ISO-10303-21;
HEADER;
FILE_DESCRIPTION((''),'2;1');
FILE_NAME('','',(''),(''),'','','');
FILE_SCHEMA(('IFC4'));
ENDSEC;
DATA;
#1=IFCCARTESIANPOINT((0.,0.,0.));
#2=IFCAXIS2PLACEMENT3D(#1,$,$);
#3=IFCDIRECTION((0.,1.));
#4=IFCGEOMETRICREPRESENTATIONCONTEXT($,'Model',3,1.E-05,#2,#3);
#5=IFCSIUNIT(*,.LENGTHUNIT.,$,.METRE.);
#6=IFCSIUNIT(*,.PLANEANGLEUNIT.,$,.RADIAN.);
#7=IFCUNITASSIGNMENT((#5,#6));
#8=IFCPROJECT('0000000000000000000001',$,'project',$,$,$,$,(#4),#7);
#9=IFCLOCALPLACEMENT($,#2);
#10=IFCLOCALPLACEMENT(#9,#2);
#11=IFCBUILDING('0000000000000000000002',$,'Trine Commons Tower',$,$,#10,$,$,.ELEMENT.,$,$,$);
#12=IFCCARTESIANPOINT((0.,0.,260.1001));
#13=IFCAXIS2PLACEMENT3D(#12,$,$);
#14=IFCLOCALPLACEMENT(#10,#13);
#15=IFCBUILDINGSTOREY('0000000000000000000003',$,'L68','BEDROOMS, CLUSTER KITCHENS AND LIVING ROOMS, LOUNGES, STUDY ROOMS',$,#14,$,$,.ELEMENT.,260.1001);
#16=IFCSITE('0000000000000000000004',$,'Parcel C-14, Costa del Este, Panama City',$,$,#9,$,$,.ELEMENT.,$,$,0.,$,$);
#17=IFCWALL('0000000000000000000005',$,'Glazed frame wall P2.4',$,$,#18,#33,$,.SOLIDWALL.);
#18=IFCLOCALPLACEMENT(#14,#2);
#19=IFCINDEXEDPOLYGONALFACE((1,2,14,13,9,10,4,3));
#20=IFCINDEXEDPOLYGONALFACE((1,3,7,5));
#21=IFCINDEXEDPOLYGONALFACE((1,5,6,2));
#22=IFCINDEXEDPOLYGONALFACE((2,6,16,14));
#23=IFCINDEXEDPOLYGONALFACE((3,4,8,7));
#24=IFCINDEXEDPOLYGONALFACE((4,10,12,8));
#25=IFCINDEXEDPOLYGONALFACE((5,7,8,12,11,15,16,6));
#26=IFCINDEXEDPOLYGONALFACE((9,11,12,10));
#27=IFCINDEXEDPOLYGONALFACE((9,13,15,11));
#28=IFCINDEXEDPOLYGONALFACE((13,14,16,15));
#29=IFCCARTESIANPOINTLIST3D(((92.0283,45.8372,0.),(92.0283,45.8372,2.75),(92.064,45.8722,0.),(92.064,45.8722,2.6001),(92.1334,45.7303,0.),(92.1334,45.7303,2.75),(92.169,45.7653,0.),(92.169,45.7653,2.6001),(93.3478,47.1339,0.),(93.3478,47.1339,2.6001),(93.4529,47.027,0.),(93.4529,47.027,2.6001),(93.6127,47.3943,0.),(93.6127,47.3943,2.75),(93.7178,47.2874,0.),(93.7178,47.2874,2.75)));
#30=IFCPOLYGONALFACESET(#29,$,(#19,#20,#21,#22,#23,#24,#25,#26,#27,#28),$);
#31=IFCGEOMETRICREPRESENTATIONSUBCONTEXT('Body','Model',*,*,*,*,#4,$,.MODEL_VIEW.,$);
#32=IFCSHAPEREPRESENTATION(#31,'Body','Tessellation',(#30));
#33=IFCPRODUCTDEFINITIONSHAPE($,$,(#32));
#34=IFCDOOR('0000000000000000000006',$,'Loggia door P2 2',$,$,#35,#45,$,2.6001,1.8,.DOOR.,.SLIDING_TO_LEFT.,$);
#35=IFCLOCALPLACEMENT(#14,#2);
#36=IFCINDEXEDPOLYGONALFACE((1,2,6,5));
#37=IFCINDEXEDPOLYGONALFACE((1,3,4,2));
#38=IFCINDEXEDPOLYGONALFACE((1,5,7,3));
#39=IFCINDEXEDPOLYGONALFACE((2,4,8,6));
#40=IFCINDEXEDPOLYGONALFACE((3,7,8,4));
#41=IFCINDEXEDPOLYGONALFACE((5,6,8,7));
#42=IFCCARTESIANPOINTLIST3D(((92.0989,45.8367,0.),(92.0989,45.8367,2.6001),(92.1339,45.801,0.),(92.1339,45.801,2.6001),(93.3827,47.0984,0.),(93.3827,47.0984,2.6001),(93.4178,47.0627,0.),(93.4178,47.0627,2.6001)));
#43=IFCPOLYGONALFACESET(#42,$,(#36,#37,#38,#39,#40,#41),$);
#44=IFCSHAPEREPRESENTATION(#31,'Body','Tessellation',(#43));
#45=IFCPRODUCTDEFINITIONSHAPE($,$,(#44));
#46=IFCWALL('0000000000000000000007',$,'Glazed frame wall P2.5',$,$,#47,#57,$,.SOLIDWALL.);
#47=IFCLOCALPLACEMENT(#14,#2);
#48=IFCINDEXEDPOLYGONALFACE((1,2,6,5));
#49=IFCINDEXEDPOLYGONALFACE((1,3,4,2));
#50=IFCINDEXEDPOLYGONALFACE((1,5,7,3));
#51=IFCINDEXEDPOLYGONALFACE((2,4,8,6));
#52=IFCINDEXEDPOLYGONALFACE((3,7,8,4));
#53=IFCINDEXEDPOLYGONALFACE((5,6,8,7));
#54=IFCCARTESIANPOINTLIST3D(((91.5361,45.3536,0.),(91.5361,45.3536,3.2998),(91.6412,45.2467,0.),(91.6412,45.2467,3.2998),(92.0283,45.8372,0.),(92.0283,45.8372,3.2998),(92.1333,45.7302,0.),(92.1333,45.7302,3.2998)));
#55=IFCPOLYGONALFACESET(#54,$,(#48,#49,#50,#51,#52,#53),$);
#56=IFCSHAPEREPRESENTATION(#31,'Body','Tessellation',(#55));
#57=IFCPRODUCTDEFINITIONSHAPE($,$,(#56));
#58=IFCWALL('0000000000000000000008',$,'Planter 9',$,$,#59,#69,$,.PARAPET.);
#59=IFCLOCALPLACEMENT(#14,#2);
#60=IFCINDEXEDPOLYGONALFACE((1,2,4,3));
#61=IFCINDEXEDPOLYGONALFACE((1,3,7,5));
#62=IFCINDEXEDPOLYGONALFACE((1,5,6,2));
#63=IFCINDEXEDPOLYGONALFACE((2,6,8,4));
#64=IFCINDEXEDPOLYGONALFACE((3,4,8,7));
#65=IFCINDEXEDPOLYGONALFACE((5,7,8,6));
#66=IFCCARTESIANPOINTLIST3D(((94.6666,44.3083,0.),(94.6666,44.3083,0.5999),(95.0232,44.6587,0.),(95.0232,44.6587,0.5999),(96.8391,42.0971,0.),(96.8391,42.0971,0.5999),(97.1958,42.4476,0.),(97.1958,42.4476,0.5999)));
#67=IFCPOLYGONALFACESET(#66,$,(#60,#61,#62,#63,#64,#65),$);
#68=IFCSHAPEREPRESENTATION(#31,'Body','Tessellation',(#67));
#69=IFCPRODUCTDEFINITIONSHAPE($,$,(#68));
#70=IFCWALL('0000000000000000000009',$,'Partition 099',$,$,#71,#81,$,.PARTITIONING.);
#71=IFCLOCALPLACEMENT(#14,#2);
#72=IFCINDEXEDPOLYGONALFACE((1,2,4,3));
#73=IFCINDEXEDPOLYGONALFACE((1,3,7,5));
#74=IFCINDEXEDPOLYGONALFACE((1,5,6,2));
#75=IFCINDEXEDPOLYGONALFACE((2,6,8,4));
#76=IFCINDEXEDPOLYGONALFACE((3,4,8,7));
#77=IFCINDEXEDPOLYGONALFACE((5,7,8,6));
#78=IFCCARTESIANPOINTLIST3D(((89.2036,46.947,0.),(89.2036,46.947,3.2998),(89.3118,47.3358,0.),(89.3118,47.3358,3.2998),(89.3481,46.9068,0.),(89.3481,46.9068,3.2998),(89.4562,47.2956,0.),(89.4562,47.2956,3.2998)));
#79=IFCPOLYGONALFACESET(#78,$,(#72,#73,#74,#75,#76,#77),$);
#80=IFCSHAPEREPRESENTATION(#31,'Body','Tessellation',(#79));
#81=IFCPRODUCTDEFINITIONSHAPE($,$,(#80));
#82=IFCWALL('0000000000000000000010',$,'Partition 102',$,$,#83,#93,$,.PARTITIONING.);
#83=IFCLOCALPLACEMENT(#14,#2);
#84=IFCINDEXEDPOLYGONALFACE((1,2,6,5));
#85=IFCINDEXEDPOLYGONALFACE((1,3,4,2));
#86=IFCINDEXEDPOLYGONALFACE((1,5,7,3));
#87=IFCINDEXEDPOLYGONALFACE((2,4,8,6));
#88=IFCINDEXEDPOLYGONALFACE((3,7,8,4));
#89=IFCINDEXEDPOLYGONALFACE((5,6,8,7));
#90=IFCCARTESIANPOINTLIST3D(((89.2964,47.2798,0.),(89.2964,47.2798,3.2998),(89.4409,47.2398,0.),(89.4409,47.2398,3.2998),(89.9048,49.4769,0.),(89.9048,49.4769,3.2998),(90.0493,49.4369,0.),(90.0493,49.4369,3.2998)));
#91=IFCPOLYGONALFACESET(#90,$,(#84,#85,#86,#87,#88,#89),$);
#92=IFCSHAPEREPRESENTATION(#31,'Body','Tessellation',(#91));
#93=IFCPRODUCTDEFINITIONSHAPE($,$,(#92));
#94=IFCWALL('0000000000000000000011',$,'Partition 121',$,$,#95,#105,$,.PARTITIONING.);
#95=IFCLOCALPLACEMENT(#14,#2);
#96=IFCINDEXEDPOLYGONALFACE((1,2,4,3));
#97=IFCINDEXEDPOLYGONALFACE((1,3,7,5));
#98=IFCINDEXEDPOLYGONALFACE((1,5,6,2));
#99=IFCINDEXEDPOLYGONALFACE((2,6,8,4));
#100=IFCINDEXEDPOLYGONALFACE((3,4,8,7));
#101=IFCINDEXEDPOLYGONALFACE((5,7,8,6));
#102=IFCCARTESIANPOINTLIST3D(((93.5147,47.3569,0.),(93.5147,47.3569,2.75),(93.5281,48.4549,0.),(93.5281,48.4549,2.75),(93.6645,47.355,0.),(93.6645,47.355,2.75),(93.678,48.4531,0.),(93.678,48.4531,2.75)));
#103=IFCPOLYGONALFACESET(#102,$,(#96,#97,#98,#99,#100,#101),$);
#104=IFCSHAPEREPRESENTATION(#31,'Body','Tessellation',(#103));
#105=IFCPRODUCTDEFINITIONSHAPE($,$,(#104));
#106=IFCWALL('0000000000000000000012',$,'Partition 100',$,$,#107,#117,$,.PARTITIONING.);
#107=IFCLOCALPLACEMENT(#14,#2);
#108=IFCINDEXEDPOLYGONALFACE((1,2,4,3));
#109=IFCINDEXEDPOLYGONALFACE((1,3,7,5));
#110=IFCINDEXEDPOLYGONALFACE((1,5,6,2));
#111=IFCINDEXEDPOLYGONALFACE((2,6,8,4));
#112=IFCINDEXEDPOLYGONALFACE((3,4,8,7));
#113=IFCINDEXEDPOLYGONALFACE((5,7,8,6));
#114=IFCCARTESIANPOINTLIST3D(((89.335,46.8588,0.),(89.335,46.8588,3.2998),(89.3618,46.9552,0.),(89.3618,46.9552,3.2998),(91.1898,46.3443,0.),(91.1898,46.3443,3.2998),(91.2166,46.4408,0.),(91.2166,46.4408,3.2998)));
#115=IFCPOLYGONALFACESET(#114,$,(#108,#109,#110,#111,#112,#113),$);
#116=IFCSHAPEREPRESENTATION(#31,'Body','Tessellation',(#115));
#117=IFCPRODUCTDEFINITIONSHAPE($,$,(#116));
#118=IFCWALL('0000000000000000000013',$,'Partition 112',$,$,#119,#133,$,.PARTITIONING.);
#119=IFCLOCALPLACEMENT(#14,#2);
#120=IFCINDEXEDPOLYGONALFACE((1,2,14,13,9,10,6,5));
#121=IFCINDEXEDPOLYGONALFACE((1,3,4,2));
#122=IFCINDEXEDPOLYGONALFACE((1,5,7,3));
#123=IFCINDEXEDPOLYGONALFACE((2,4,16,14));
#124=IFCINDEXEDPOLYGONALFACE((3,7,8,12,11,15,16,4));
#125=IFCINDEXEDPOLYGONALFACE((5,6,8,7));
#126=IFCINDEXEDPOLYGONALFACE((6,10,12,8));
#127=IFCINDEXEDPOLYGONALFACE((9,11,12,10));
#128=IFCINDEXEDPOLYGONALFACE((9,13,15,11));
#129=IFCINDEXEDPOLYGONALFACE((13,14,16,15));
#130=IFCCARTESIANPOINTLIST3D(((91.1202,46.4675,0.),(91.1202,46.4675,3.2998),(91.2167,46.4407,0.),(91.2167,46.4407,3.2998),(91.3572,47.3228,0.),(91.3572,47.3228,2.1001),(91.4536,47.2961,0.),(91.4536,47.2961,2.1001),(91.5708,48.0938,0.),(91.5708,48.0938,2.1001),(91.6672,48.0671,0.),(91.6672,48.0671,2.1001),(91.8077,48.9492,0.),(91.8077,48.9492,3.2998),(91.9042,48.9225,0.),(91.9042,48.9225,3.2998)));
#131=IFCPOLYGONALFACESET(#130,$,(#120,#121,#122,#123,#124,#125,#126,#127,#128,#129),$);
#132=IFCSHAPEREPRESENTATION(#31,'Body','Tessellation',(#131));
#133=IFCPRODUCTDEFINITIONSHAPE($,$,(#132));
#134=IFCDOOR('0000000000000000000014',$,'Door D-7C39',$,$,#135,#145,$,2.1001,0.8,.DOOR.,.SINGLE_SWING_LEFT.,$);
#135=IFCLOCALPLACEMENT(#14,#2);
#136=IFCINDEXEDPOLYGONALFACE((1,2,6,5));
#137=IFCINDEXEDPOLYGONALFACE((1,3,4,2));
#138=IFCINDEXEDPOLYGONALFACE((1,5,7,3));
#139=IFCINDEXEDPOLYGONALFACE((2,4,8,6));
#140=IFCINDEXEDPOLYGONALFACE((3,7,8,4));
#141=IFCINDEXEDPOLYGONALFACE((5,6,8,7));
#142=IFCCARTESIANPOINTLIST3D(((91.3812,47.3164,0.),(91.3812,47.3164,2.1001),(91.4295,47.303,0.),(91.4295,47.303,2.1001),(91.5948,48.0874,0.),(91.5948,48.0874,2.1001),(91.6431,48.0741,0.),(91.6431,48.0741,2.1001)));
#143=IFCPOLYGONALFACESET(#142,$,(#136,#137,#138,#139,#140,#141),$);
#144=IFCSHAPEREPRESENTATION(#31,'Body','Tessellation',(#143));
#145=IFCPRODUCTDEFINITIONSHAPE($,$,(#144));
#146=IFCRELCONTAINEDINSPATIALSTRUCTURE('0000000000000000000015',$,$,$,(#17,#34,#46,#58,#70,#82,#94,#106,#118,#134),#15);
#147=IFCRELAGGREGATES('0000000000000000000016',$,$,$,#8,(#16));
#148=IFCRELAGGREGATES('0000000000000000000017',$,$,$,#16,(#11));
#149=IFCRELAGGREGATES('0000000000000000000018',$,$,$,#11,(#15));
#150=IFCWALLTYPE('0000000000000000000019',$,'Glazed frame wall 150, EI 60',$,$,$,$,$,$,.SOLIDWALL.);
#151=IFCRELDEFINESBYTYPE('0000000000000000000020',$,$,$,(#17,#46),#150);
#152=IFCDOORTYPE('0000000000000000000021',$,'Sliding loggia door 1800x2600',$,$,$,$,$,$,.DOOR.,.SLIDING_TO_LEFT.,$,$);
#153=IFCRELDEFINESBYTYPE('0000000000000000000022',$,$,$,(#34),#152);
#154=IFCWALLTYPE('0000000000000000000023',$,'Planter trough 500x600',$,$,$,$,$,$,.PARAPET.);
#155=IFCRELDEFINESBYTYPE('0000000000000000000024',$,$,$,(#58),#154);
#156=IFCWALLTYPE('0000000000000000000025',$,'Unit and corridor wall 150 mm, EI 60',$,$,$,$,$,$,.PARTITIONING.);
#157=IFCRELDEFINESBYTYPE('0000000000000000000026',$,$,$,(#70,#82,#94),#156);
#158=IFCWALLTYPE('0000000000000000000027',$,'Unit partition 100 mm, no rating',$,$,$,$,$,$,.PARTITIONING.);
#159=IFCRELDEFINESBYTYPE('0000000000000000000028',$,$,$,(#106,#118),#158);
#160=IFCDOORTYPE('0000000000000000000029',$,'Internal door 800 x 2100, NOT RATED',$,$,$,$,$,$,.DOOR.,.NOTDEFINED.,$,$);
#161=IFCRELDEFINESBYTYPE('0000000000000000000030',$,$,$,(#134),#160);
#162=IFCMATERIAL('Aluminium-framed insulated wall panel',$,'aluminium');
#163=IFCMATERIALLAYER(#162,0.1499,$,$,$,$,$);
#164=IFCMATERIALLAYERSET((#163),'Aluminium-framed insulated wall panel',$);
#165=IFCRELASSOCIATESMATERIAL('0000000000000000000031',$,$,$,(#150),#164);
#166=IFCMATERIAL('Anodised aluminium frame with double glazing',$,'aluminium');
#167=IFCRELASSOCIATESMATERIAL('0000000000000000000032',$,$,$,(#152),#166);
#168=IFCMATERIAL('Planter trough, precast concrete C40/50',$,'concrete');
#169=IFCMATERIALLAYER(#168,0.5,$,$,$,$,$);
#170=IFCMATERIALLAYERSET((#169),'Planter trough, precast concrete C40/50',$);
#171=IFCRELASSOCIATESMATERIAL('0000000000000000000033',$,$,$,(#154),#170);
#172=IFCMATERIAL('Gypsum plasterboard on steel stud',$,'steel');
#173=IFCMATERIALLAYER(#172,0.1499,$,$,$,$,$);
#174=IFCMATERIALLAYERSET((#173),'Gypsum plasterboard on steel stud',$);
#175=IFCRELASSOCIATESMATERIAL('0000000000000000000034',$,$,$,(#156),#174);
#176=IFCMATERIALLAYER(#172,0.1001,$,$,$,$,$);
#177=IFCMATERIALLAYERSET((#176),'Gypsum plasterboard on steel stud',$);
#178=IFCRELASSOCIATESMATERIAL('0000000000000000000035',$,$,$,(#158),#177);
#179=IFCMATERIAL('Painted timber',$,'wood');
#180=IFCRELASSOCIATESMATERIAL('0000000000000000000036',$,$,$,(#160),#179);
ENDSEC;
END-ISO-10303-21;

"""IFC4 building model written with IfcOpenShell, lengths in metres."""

from ifc_helpers import new_model, si_unit, direction, frame, frame_2d, origin, place, context, subcontext, project, spatial, polyline, rectangle, outline, extrude, material, layer, layer_set, type_object, element, fill, save


model = new_model("IFC4")

# Units and contexts
model_context = context("Model", 3, precision=1e-05, world=origin(), true_north=direction((0.0, 1.0)))
body_context = subcontext(model_context, "Body", "Model", "MODEL_VIEW")
ifc_project = project(units=[si_unit("LENGTHUNIT", "METRE"), si_unit("PLANEANGLEUNIT", "RADIAN")], contexts=[model_context])

# Site, building, storey
site_placement = place(None, origin())
site = spatial("IfcSite", under=ifc_project, at=site_placement, Name="Parcel C-14, Costa del Este, Panama City", CompositionType="ELEMENT", RefElevation=0.0)
building_placement = place(site_placement, origin())
building = spatial("IfcBuilding", under=site, at=building_placement, Name="Trine Commons Tower", CompositionType="ELEMENT")
storey_placement = place(building_placement, frame((0.0, 0.0, 260.1001)))
storey = spatial("IfcBuildingStorey", under=building, at=storey_placement, Name="L68", Description="BEDROOMS, CLUSTER KITCHENS AND LIVING ROOMS, LOUNGES, STUDY ROOMS", CompositionType="ELEMENT", Elevation=260.1001)

# Wall, opening, door
ifc_material_1 = material(Name="Aluminium-framed insulated wall panel", Category="aluminium")
ifc_layer_1 = layer(ifc_material_1, 0.1499)
ifc_layer_set_1 = layer_set([ifc_layer_1], Name="Aluminium-framed insulated wall panel")
wall_type_1 = type_object("IfcWallType", Name="Glazed frame wall 150, EI 60", PredefinedType="SOLIDWALL", material=ifc_layer_set_1)
wall_1_placement = place(storey_placement, frame((93.6653, 47.3408, 0.0), z_axis=(0.0, 0.0, 1.0), x_axis=(-0.713234, -0.700926, 0.0)))
wall_1 = element("IfcWall", 1, at=wall_1_placement, inside=storey, type_object=wall_type_1, Name="Glazed frame wall P2.4", PredefinedType="SOLIDWALL", context=body_context, shape_type="SweptSolid", body=[
    extrude(outline(polyline([(0.0, -0.075), (2.2214, -0.075), (2.2214, 0.075), (0.0, 0.075), (0.0, -0.075)])), origin(), (0.0, 0.0, 1.0), 2.75),
])
opening_1_placement = place(wall_1_placement, frame((0.3716, 0.0, 0.0)))
opening_1 = element("IfcOpeningElement", 2, at=opening_1_placement, cuts=wall_1, PredefinedType="OPENING", context=body_context, shape_type="SweptSolid", body=[
    extrude(rectangle(XDim=1.8, YDim=2.6001, at=frame_2d((0.8999, 1.3))), frame((0.0, 0.085, 0.0), z_axis=(0.0, -1.0, 0.0), x_axis=(1.0, 0.0, 0.0)), (0.0, 0.0, 1.0), 0.1699),
])
ifc_material_2 = material(Name="Anodised aluminium frame with double glazing", Category="aluminium")
door_type_1 = type_object("IfcDoorType", Name="Sliding loggia door 1800x2600", OperationType="SLIDING_TO_LEFT", PredefinedType="DOOR", material=ifc_material_2)
door_1_placement = place(opening_1_placement, origin())
door_1 = element("IfcDoor", 3, at=door_1_placement, inside=storey, type_object=door_type_1, Name="Loggia door P2 2", OperationType="SLIDING_TO_LEFT", OverallHeight=2.6001, OverallWidth=1.8, PredefinedType="DOOR", context=body_context, shape_type="SweptSolid", body=[
    extrude(rectangle(XDim=1.8, YDim=2.6001, at=frame_2d((0.8999, 1.3))), frame((0.0, 0.0249, 0.0), z_axis=(0.0, -1.0, 0.0), x_axis=(1.0, 0.0, 0.0)), (0.0, 0.0, 1.0), 0.05),
])
fill(opening_1, door_1)

# Wall
wall_2_placement = place(storey_placement, frame((92.0808, 45.7837, 0.0), z_axis=(0.0, 0.0, 1.0), x_axis=(-0.713334, -0.700824, 0.0)))
element("IfcWall", 4, at=wall_2_placement, inside=storey, type_object=wall_type_1, Name="Glazed frame wall P2.5", PredefinedType="SOLIDWALL", context=body_context, shape_type="SweptSolid", body=[
    extrude(outline(polyline([(0.6899, 0.075), (0.0, 0.075), (0.0, -0.075), (0.6899, -0.075), (0.6899, 0.075)])), origin(), (0.0, 0.0, 1.0), 3.2998),
])

# Walls
ifc_material_3 = material(Name="Planter trough, precast concrete C40/50", Category="concrete")
ifc_layer_2 = layer(ifc_material_3, 0.5)
ifc_layer_set_2 = layer_set([ifc_layer_2], Name="Planter trough, precast concrete C40/50")
wall_type_2 = type_object("IfcWallType", Name="Planter trough 500x600", PredefinedType="PARAPET", material=ifc_layer_set_2)
wall_3_placement = place(storey_placement, frame((94.845, 44.4834, 0.0), z_axis=(0.0, 0.0, 1.0), x_axis=(0.700858, -0.713301, 0.0)))
element("IfcWall", 5, at=wall_3_placement, inside=storey, type_object=wall_type_2, Name="Planter 9", PredefinedType="PARAPET", context=body_context, shape_type="SweptSolid", body=[
    extrude(rectangle(XDim=3.0999, YDim=0.5, at=frame_2d((1.5498, 0.0))), origin(), (0.0, 0.0, 1.0), 0.5999),
])
ifc_material_4 = material(Name="Gypsum plasterboard on steel stud", Category="steel")
ifc_layer_3 = layer(ifc_material_4, 0.1499)
ifc_layer_set_3 = layer_set([ifc_layer_3], Name="Gypsum plasterboard on steel stud")
wall_type_3 = type_object("IfcWallType", Name="Unit and corridor wall 150 mm, EI 60", PredefinedType="PARTITIONING", material=ifc_layer_set_3)
wall_4_placement = place(storey_placement, frame((89.2759, 46.927, 0.0), z_axis=(0.0, 0.0, 1.0), x_axis=(0.267925, 0.96344, 0.0)))
element("IfcWall", 6, at=wall_4_placement, inside=storey, type_object=wall_type_3, Name="Partition 099", PredefinedType="PARTITIONING", context=body_context, shape_type="SweptSolid", body=[
    extrude(rectangle(XDim=0.4036, YDim=0.1499, at=frame_2d((0.2017, 0.0))), origin(), (0.0, 0.0, 1.0), 3.2998),
])
wall_5_placement = place(storey_placement, frame((89.3687, 47.2598, 0.0), z_axis=(0.0, 0.0, 1.0), x_axis=(0.266876, 0.963731, 0.0)))
element("IfcWall", 7, at=wall_5_placement, inside=storey, type_object=wall_type_3, Name="Partition 102", PredefinedType="PARTITIONING", context=body_context, shape_type="SweptSolid", body=[
    extrude(rectangle(XDim=2.2798, YDim=0.1499, at=frame_2d((1.1399, 0.0))), origin(), (0.0, 0.0, 1.0), 3.2998),
])
wall_6_placement = place(storey_placement, frame((93.5896, 47.356, 0.0), z_axis=(0.0, 0.0, 1.0), x_axis=(0.012227, 0.999925, 0.0)))
element("IfcWall", 8, at=wall_6_placement, inside=storey, type_object=wall_type_3, Name="Partition 121", PredefinedType="PARTITIONING", context=body_context, shape_type="SweptSolid", body=[
    extrude(rectangle(XDim=1.0981, YDim=0.1499, at=frame_2d((0.5491, 0.0))), origin(), (0.0, 0.0, 1.0), 2.75),
])
ifc_layer_4 = layer(ifc_material_4, 0.1001)
ifc_layer_set_4 = layer_set([ifc_layer_4], Name="Gypsum plasterboard on steel stud")
wall_type_4 = type_object("IfcWallType", Name="Unit partition 100 mm, no rating", PredefinedType="PARTITIONING", material=ifc_layer_set_4)
wall_7_placement = place(storey_placement, frame((89.3484, 46.907, 0.0), z_axis=(0.0, 0.0, 1.0), x_axis=(0.963625, -0.267258, 0.0)))
element("IfcWall", 9, at=wall_7_placement, inside=storey, type_object=wall_type_4, Name="Partition 100", PredefinedType="PARTITIONING", context=body_context, shape_type="SweptSolid", body=[
    extrude(rectangle(XDim=1.9248, YDim=0.1001, at=frame_2d((0.9624, 0.0))), origin(), (0.0, 0.0, 1.0), 3.2998),
])

# Wall, opening, door
wall_8_placement = place(storey_placement, frame((91.1685, 46.4541, 0.0), z_axis=(0.0, 0.0, 1.0), x_axis=(0.266974, 0.963704, 0.0)))
wall_8 = element("IfcWall", 10, at=wall_8_placement, inside=storey, type_object=wall_type_4, Name="Partition 112", PredefinedType="PARTITIONING", context=body_context, shape_type="SweptSolid", body=[
    extrude(rectangle(XDim=2.5752, YDim=0.1001, at=frame_2d((1.2876, 0.0))), origin(), (0.0, 0.0, 1.0), 3.2998),
])
opening_2_placement = place(wall_8_placement, frame((0.8877, 0.0, 0.0)))
opening_2 = element("IfcOpeningElement", 11, at=opening_2_placement, cuts=wall_8, PredefinedType="OPENING", context=body_context, shape_type="SweptSolid", body=[
    extrude(rectangle(XDim=0.8, YDim=2.1001, at=frame_2d((0.3999, 1.05))), frame((0.0, 0.0601, 0.0), z_axis=(0.0, -1.0, 0.0), x_axis=(1.0, 0.0, 0.0)), (0.0, 0.0, 1.0), 0.1201),
])
ifc_material_5 = material(Name="Painted timber", Category="wood")
door_type_2 = type_object("IfcDoorType", Name="Internal door 800 x 2100, NOT RATED", OperationType="NOTDEFINED", PredefinedType="DOOR", material=ifc_material_5)
door_2_placement = place(opening_2_placement, frame((0.8, 0.0, 0.0), z_axis=(0.0, 0.0, 1.0), x_axis=(-1.0, 0.0, 0.0)))
door_2 = element("IfcDoor", 12, at=door_2_placement, inside=storey, type_object=door_type_2, Name="Door D-7C39", OperationType="SINGLE_SWING_LEFT", OverallHeight=2.1001, OverallWidth=0.8, PredefinedType="DOOR", context=body_context, shape_type="SweptSolid", body=[
    extrude(rectangle(XDim=0.8, YDim=2.1001, at=frame_2d((0.3999, 1.05))), frame((0.0, 0.0249, 0.0), z_axis=(0.0, -1.0, 0.0), x_axis=(1.0, 0.0, 0.0)), (0.0, 0.0, 1.0), 0.05),
])
fill(opening_2, door_2)

save(model, "model.ifc")
